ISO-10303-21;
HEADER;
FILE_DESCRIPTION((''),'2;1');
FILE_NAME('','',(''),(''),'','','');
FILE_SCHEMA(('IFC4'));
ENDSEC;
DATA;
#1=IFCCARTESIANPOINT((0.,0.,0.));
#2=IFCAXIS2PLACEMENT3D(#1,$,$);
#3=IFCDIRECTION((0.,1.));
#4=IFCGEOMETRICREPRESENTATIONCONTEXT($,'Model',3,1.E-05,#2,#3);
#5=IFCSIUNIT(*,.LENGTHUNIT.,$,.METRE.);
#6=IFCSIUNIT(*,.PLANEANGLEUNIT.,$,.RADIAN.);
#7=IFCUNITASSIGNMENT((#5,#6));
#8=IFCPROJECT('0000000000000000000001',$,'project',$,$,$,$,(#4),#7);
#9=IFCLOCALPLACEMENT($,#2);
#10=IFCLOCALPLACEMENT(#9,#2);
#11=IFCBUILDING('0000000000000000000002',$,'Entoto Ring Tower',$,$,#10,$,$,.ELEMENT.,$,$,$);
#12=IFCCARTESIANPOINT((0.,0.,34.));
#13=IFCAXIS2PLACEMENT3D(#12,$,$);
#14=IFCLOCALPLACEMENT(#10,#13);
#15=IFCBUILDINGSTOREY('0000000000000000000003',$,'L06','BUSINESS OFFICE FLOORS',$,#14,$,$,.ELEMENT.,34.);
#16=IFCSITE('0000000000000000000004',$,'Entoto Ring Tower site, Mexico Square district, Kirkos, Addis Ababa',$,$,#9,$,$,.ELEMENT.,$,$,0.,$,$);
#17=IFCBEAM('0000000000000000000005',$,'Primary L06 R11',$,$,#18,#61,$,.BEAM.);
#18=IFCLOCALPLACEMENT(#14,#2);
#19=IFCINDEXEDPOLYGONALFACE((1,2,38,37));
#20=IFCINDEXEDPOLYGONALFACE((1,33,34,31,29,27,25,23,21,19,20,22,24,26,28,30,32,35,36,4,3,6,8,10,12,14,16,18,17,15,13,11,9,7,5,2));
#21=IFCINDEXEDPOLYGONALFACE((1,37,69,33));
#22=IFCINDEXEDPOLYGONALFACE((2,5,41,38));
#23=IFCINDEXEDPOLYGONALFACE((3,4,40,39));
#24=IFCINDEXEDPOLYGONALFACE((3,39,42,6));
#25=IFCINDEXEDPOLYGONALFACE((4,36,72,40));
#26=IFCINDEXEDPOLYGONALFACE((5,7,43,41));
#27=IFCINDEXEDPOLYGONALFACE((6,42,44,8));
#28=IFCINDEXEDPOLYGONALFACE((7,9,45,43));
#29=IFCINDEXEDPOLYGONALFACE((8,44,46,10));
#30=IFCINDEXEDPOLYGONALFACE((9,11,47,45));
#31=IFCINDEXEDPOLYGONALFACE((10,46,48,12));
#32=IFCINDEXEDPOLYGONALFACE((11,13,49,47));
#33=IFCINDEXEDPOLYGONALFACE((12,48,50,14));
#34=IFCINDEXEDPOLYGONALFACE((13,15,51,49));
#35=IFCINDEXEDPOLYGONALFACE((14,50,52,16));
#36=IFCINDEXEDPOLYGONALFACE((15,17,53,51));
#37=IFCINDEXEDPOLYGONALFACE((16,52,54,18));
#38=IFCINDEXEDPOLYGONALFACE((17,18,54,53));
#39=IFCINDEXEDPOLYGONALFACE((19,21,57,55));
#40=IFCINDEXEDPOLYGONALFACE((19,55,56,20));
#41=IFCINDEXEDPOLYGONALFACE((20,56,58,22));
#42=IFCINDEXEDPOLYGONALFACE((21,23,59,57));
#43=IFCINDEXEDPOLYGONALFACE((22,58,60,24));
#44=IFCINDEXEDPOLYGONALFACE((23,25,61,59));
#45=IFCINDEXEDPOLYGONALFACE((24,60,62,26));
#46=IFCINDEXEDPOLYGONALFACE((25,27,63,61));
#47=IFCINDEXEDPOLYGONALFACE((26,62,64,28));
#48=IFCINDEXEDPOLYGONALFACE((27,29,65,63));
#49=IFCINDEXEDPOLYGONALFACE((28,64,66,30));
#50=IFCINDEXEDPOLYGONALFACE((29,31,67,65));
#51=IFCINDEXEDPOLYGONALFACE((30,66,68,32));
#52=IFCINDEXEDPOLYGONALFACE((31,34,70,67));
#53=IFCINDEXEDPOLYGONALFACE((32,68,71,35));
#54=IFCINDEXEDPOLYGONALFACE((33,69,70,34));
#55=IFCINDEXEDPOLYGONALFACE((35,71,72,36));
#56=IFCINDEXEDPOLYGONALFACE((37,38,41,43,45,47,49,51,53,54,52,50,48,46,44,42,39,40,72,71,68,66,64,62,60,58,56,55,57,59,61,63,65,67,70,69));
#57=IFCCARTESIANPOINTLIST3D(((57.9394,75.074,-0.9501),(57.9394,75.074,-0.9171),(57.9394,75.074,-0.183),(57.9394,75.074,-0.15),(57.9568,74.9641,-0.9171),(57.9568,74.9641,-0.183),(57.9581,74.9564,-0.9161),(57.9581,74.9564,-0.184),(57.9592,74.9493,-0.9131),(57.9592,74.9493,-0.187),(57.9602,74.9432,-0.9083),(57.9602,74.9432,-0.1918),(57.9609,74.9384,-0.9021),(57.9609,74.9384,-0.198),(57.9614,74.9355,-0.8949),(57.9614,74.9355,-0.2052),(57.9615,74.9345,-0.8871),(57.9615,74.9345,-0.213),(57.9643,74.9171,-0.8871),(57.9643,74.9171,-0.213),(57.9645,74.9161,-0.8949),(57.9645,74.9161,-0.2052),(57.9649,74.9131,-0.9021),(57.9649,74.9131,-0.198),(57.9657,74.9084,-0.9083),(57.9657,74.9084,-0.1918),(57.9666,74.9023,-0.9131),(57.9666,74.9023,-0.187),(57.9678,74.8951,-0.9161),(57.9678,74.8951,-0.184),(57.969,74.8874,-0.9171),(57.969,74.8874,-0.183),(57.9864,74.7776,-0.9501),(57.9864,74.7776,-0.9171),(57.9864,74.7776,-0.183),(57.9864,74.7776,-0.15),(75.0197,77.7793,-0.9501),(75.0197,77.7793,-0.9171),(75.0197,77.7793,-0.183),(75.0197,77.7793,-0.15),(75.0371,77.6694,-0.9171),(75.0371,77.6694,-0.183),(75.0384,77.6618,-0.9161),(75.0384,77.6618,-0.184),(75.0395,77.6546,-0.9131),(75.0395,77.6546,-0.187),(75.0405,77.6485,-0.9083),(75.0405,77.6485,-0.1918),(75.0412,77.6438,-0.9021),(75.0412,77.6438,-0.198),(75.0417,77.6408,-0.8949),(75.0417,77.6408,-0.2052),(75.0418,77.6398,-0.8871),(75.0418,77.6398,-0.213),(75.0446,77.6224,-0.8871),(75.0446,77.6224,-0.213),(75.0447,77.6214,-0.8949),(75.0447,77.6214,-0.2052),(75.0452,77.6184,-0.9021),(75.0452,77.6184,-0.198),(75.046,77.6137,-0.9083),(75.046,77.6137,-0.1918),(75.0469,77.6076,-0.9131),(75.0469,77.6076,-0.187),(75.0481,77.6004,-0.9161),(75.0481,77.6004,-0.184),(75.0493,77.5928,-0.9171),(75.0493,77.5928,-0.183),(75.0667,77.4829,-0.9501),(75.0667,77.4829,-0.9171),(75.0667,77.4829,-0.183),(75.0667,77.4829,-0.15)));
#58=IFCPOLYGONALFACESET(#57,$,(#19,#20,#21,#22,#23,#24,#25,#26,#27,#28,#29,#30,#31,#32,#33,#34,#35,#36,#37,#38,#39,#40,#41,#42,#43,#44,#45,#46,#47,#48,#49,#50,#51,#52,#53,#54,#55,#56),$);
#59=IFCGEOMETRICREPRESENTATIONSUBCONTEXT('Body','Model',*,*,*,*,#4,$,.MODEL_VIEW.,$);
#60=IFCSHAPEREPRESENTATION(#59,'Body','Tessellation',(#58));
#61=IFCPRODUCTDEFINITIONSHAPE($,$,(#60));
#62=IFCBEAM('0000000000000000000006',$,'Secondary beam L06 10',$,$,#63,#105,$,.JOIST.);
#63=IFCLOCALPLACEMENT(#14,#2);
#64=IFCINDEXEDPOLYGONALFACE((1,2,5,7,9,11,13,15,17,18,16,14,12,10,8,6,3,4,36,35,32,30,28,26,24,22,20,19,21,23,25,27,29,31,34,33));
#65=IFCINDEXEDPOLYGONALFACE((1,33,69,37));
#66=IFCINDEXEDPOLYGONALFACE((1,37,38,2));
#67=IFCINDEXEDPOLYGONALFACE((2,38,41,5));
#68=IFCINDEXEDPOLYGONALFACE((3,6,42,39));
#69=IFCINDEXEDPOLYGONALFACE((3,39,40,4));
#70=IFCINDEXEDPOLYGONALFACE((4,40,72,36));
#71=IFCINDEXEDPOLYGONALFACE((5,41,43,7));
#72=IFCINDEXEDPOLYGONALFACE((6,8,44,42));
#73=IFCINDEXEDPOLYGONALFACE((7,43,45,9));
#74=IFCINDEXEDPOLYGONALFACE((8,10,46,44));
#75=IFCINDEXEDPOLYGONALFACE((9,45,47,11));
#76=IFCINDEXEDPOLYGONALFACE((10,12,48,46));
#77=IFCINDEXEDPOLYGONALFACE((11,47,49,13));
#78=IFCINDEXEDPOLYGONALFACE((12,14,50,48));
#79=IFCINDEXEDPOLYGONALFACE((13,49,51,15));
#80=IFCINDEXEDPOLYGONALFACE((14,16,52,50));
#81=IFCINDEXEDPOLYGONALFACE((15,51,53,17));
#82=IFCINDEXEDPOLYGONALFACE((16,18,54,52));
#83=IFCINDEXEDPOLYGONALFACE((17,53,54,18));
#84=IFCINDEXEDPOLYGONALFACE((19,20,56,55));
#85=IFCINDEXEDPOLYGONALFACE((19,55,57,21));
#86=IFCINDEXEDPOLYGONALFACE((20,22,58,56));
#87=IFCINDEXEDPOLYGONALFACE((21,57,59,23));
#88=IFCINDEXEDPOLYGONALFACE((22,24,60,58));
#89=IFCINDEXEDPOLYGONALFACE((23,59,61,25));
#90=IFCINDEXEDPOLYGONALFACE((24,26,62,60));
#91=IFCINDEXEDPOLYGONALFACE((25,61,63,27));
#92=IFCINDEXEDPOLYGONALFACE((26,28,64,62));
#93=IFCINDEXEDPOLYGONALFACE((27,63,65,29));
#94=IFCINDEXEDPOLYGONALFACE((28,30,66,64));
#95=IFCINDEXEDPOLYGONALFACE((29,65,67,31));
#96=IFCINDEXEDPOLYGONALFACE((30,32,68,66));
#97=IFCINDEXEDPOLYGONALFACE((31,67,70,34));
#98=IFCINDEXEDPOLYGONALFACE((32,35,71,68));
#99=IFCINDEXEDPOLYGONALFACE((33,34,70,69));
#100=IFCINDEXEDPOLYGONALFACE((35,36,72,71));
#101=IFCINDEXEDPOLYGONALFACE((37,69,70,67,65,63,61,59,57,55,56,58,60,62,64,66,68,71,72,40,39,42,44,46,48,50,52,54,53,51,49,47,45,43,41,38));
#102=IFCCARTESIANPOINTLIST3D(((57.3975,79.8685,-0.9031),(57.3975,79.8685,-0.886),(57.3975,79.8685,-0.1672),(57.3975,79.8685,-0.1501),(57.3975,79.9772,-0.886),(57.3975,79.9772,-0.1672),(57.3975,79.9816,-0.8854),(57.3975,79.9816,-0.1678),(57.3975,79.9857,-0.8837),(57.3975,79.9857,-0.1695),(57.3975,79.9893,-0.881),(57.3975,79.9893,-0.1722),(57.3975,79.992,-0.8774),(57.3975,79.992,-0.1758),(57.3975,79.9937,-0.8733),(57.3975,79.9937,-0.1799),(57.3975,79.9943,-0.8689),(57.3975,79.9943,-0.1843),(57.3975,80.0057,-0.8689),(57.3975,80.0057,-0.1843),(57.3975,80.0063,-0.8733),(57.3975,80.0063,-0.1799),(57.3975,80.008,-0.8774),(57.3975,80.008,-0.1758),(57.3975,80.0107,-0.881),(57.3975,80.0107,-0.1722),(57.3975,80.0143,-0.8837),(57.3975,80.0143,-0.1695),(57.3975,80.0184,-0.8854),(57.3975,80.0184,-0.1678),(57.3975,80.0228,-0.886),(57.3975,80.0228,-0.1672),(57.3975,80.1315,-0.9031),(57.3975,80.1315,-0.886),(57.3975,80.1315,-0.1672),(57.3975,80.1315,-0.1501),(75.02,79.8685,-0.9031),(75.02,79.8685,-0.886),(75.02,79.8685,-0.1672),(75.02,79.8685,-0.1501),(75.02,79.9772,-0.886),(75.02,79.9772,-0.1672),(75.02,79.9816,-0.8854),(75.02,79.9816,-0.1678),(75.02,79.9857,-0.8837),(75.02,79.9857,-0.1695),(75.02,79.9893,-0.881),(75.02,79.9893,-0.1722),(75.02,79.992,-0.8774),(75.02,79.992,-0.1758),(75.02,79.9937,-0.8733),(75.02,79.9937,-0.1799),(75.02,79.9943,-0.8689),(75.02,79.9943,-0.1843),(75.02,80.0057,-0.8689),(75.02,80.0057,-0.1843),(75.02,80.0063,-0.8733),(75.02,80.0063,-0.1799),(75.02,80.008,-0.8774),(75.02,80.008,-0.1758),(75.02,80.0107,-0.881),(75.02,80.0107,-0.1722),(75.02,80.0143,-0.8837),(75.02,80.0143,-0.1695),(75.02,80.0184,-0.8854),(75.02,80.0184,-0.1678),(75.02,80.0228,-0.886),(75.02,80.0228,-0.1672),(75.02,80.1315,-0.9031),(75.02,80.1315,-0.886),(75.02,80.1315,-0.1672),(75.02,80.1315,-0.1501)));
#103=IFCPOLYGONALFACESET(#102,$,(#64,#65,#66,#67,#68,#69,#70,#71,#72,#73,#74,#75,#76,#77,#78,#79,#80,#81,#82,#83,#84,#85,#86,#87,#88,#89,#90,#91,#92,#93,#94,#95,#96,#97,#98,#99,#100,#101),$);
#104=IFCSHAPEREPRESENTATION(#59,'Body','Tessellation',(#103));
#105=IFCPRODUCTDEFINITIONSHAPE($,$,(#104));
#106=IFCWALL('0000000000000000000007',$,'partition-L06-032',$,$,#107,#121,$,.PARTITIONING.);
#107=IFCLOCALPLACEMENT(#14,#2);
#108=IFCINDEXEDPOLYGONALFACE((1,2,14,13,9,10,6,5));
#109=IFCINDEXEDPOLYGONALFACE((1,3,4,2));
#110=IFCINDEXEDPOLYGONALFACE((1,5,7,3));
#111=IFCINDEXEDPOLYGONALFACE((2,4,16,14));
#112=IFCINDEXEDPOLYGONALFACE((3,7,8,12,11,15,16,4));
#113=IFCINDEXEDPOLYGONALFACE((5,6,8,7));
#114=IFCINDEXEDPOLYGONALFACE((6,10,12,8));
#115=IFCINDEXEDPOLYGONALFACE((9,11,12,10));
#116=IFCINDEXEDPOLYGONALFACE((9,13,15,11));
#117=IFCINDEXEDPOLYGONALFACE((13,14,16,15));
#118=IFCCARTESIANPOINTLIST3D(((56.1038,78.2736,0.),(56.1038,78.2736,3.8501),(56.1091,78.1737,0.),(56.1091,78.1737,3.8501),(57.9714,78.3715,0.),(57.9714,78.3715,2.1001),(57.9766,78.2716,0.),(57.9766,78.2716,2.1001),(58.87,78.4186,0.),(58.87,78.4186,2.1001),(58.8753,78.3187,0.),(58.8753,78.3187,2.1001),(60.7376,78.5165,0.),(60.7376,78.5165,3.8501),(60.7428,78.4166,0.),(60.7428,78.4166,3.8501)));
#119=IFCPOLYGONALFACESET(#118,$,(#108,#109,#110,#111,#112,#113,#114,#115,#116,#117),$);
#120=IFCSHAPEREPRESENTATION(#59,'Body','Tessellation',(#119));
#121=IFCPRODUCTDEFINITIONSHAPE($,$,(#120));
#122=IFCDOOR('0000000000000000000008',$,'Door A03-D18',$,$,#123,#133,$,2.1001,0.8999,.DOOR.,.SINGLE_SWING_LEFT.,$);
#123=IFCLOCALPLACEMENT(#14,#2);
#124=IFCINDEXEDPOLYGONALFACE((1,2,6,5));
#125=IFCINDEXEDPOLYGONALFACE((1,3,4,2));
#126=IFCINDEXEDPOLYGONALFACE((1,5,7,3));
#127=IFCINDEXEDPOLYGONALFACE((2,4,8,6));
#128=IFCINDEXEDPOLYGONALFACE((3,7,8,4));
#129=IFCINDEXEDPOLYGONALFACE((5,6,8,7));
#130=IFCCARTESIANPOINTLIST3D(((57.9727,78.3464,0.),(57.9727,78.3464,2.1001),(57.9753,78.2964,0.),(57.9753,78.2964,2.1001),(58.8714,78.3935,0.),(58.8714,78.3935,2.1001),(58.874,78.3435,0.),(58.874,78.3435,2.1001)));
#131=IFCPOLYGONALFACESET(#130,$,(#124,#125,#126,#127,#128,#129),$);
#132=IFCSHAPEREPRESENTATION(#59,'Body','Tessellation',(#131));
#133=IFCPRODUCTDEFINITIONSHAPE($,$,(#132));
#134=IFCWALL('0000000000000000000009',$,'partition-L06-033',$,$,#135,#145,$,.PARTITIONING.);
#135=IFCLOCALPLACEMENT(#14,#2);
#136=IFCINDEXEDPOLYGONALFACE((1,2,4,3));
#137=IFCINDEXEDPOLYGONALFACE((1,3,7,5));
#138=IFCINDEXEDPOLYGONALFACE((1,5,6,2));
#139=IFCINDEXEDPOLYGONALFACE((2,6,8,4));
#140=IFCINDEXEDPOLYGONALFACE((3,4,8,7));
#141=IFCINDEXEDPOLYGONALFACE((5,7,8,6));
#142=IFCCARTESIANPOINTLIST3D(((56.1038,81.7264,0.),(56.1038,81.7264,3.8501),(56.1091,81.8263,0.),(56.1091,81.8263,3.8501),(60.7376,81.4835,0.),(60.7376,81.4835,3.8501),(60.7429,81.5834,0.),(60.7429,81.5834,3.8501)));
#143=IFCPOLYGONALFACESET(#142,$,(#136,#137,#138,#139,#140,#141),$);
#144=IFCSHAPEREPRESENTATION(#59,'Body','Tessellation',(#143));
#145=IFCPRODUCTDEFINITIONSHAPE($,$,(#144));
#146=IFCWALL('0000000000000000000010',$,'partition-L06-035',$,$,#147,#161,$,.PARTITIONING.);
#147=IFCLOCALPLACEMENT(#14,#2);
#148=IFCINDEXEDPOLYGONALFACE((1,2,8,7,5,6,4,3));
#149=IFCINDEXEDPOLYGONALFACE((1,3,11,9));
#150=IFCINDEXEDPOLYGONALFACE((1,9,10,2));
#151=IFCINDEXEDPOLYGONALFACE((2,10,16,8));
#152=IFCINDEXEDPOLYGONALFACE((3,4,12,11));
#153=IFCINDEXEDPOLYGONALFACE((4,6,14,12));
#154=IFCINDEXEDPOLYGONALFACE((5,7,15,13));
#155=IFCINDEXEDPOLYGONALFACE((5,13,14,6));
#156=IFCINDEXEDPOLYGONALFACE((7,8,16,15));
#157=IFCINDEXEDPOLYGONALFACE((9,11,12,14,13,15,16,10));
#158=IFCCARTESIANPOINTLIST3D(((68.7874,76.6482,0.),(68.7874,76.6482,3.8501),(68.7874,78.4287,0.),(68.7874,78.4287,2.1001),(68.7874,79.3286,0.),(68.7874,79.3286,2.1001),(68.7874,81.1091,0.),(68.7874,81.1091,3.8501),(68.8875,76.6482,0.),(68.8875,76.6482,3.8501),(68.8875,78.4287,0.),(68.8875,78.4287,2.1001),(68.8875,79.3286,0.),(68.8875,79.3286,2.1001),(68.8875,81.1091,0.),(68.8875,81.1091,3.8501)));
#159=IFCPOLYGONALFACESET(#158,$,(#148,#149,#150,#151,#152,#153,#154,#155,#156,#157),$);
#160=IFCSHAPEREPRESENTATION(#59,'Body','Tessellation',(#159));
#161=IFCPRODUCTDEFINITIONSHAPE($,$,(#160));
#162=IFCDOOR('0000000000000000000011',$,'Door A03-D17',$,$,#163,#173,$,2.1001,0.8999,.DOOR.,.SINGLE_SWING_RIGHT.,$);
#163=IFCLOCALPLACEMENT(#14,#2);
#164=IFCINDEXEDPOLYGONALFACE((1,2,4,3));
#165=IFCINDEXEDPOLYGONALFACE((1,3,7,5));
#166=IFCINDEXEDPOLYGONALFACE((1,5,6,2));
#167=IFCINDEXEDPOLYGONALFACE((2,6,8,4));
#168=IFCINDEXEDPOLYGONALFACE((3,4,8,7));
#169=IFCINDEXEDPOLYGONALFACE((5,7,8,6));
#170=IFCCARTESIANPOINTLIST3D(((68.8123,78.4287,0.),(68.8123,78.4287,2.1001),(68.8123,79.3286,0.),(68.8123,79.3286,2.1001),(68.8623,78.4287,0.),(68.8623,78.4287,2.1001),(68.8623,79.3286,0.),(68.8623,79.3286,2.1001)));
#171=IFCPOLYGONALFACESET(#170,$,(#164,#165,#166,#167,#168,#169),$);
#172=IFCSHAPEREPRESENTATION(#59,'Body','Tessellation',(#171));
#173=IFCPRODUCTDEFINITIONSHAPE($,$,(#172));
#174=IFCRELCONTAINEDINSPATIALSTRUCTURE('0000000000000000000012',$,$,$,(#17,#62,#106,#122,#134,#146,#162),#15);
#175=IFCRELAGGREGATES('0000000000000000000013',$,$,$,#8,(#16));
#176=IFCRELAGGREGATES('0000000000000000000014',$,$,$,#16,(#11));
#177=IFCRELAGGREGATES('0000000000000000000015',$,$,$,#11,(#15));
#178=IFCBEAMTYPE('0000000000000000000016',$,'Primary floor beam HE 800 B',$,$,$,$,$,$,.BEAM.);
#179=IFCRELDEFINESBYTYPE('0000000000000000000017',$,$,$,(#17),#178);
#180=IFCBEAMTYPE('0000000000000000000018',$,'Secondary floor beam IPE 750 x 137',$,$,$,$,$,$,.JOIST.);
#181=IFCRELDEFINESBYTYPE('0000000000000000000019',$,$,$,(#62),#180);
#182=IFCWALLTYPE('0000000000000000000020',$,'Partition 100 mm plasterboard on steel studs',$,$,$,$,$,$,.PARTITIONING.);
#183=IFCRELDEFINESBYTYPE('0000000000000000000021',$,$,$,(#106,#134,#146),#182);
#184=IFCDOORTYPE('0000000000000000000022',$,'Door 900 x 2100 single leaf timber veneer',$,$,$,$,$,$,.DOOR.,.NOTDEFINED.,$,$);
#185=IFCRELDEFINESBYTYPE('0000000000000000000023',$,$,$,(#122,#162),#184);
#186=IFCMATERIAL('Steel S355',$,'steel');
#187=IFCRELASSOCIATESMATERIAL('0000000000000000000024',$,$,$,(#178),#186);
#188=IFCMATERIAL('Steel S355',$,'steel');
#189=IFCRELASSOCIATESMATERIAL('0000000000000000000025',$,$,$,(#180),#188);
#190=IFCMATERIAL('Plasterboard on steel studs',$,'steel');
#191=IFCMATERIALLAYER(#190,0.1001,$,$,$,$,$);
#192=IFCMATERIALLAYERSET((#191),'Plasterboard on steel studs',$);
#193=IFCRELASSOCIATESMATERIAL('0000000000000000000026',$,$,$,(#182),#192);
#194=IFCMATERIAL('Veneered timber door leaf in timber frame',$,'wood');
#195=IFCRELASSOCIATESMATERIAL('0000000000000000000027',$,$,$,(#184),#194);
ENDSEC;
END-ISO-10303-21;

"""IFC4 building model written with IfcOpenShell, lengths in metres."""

from ifc_helpers import new_model, si_unit, direction, frame, frame_2d, origin, origin_2d, place, context, subcontext, project, spatial, rectangle, i_section, extrude, material, layer, layer_set, material_profile, profile_set, type_object, element, fill, save


model = new_model("IFC4")

# Units and contexts
model_context = context("Model", 3, precision=1e-05, world=origin(), true_north=direction((0.0, 1.0)))
body_context = subcontext(model_context, "Body", "Model", "MODEL_VIEW")
ifc_project = project(units=[si_unit("LENGTHUNIT", "METRE"), si_unit("PLANEANGLEUNIT", "RADIAN")], contexts=[model_context])

# Site, building, storey
site_placement = place(None, origin())
site = spatial("IfcSite", under=ifc_project, at=site_placement, Name="Entoto Ring Tower site, Mexico Square district, Kirkos, Addis Ababa", CompositionType="ELEMENT", RefElevation=0.0)
building_placement = place(site_placement, origin())
building = spatial("IfcBuilding", under=site, at=building_placement, Name="Entoto Ring Tower", CompositionType="ELEMENT")
storey_placement = place(building_placement, frame((0.0, 0.0, 34.0)))
storey = spatial("IfcBuildingStorey", under=building, at=storey_placement, Name="L06", Description="BUSINESS OFFICE FLOORS", CompositionType="ELEMENT", Elevation=34.0)

# Beams
ifc_material_1 = material(Name="Steel S355", Category="steel")
ifc_material_profile_1 = material_profile(ifc_material_1, i_section(OverallWidth=0.3, OverallDepth=0.8, WebThickness=0.0176, FlangeThickness=0.033, FilletRadius=0.03, at=origin_2d()), Name="HE 800 B")
ifc_profile_set_1 = profile_set([ifc_material_profile_1], Name="Steel S355")
beam_type_1 = type_object("IfcBeamType", Name="Primary floor beam HE 800 B", PredefinedType="BEAM", material=ifc_profile_set_1)
beam_1_placement = place(storey_placement, frame((75.0432, 77.6311, -0.55), z_axis=(-0.987688, -0.156438, 0.0), x_axis=(0.156438, -0.987688, 0.0)))
element("IfcBeam", 1, at=beam_1_placement, inside=storey, type_object=beam_type_1, Name="Primary L06 R11", PredefinedType="BEAM", context=body_context, shape_type="SweptSolid", body=[
    extrude(i_section(OverallWidth=0.3, OverallDepth=0.8, WebThickness=0.0176, FlangeThickness=0.033, FilletRadius=0.03, at=origin_2d()), origin(), (0.0, 0.0, 1.0), 17.2932),
])
ifc_material_2 = material(Name="Steel S355", Category="steel")
ifc_material_profile_2 = material_profile(ifc_material_2, i_section(OverallWidth=0.2629, OverallDepth=0.7529, WebThickness=0.0115, FlangeThickness=0.0171, FilletRadius=0.0171, at=origin_2d()), Name="IPE 750 x 137")
ifc_profile_set_2 = profile_set([ifc_material_profile_2], Name="Steel S355")
beam_type_2 = type_object("IfcBeamType", Name="Secondary floor beam IPE 750 x 137", PredefinedType="JOIST", material=ifc_profile_set_2)
beam_2_placement = place(storey_placement, frame((75.02, 80.0, -0.5266), z_axis=(-1.0, 0.0, 0.0), x_axis=(0.0, -1.0, 0.0)))
element("IfcBeam", 2, at=beam_2_placement, inside=storey, type_object=beam_type_2, Name="Secondary beam L06 10", PredefinedType="JOIST", context=body_context, shape_type="SweptSolid", body=[
    extrude(i_section(OverallWidth=0.2629, OverallDepth=0.7529, WebThickness=0.0115, FlangeThickness=0.0171, FilletRadius=0.0171, at=origin_2d()), origin(), (0.0, 0.0, 1.0), 17.6226),
])

# Wall, opening, door
ifc_material_3 = material(Name="Plasterboard on steel studs", Category="steel")
ifc_layer_1 = layer(ifc_material_3, 0.1001)
ifc_layer_set_1 = layer_set([ifc_layer_1], Name="Plasterboard on steel studs")
wall_type_1 = type_object("IfcWallType", Name="Partition 100 mm plasterboard on steel studs", PredefinedType="PARTITIONING", material=ifc_layer_set_1)
wall_1_placement = place(storey_placement, frame((56.1064, 78.2236, 0.0), z_axis=(0.0, 0.0, 1.0), x_axis=(0.998629, 0.052352, 0.0)))
wall_1 = element("IfcWall", 3, at=wall_1_placement, inside=storey, type_object=wall_type_1, Name="partition-L06-032", PredefinedType="PARTITIONING", context=body_context, shape_type="SweptSolid", body=[
    extrude(rectangle(XDim=4.6401, YDim=0.1001, at=frame_2d((2.3201, 0.0))), origin(), (0.0, 0.0, 1.0), 3.8501),
])
opening_1_placement = place(wall_1_placement, frame((1.8701, 0.0, 0.0)))
opening_1 = element("IfcOpeningElement", 4, at=opening_1_placement, cuts=wall_1, PredefinedType="OPENING", context=body_context, shape_type="SweptSolid", body=[
    extrude(rectangle(XDim=0.8999, YDim=2.1001, at=frame_2d((0.45, 1.05))), frame((0.0, 0.0601, 0.0), z_axis=(0.0, -1.0, 0.0), x_axis=(1.0, 0.0, 0.0)), (0.0, 0.0, 1.0), 0.1201),
])
ifc_material_4 = material(Name="Veneered timber door leaf in timber frame", Category="wood")
door_type = type_object("IfcDoorType", Name="Door 900 x 2100 single leaf timber veneer", OperationType="NOTDEFINED", PredefinedType="DOOR", material=ifc_material_4)
door_1_placement = place(opening_1_placement, origin())
door_1 = element("IfcDoor", 5, at=door_1_placement, inside=storey, type_object=door_type, Name="Door A03-D18", OperationType="SINGLE_SWING_LEFT", OverallHeight=2.1001, OverallWidth=0.8999, PredefinedType="DOOR", context=body_context, shape_type="SweptSolid", body=[
    extrude(rectangle(XDim=0.8999, YDim=2.1001, at=frame_2d((0.45, 1.05))), frame((0.0, 0.0249, 0.0), z_axis=(0.0, -1.0, 0.0), x_axis=(1.0, 0.0, 0.0)), (0.0, 0.0, 1.0), 0.05),
])
fill(opening_1, door_1)

# Wall
wall_2_placement = place(storey_placement, frame((60.7402, 81.5334, 0.0), z_axis=(0.0, 0.0, 1.0), x_axis=(-0.998629, 0.052352, 0.0)))
element("IfcWall", 6, at=wall_2_placement, inside=storey, type_object=wall_type_1, Name="partition-L06-033", PredefinedType="PARTITIONING", context=body_context, shape_type="SweptSolid", body=[
    extrude(rectangle(XDim=4.6401, YDim=0.1001, at=frame_2d((2.3201, 0.0))), origin(), (0.0, 0.0, 1.0), 3.8501),
])

# Wall, opening, door
wall_3_placement = place(storey_placement, frame((68.8374, 76.6482, 0.0), z_axis=(0.0, 0.0, 1.0), x_axis=(0.0, 1.0, 0.0)))
wall_3 = element("IfcWall", 7, at=wall_3_placement, inside=storey, type_object=wall_type_1, Name="partition-L06-035", PredefinedType="PARTITIONING", context=body_context, shape_type="SweptSolid", body=[
    extrude(rectangle(XDim=4.4609, YDim=0.1001, at=frame_2d((2.2305, 0.0))), origin(), (0.0, 0.0, 1.0), 3.8501),
])
opening_2_placement = place(wall_3_placement, frame((1.7805, 0.0, 0.0)))
opening_2 = element("IfcOpeningElement", 8, at=opening_2_placement, cuts=wall_3, PredefinedType="OPENING", context=body_context, shape_type="SweptSolid", body=[
    extrude(rectangle(XDim=0.8999, YDim=2.1001, at=frame_2d((0.45, 1.05))), frame((0.0, 0.0601, 0.0), z_axis=(0.0, -1.0, 0.0), x_axis=(1.0, 0.0, 0.0)), (0.0, 0.0, 1.0), 0.1201),
])
door_2_placement = place(opening_2_placement, frame((0.8999, 0.0, 0.0), z_axis=(0.0, 0.0, 1.0), x_axis=(-1.0, 0.0, 0.0)))
door_2 = element("IfcDoor", 9, at=door_2_placement, inside=storey, type_object=door_type, Name="Door A03-D17", OperationType="SINGLE_SWING_RIGHT", OverallHeight=2.1001, OverallWidth=0.8999, PredefinedType="DOOR", context=body_context, shape_type="SweptSolid", body=[
    extrude(rectangle(XDim=0.8999, YDim=2.1001, at=frame_2d((0.45, 1.05))), frame((0.0, 0.0249, 0.0), z_axis=(0.0, -1.0, 0.0), x_axis=(1.0, 0.0, 0.0)), (0.0, 0.0, 1.0), 0.05),
])
fill(opening_2, door_2)

save(model, "model.ifc")
